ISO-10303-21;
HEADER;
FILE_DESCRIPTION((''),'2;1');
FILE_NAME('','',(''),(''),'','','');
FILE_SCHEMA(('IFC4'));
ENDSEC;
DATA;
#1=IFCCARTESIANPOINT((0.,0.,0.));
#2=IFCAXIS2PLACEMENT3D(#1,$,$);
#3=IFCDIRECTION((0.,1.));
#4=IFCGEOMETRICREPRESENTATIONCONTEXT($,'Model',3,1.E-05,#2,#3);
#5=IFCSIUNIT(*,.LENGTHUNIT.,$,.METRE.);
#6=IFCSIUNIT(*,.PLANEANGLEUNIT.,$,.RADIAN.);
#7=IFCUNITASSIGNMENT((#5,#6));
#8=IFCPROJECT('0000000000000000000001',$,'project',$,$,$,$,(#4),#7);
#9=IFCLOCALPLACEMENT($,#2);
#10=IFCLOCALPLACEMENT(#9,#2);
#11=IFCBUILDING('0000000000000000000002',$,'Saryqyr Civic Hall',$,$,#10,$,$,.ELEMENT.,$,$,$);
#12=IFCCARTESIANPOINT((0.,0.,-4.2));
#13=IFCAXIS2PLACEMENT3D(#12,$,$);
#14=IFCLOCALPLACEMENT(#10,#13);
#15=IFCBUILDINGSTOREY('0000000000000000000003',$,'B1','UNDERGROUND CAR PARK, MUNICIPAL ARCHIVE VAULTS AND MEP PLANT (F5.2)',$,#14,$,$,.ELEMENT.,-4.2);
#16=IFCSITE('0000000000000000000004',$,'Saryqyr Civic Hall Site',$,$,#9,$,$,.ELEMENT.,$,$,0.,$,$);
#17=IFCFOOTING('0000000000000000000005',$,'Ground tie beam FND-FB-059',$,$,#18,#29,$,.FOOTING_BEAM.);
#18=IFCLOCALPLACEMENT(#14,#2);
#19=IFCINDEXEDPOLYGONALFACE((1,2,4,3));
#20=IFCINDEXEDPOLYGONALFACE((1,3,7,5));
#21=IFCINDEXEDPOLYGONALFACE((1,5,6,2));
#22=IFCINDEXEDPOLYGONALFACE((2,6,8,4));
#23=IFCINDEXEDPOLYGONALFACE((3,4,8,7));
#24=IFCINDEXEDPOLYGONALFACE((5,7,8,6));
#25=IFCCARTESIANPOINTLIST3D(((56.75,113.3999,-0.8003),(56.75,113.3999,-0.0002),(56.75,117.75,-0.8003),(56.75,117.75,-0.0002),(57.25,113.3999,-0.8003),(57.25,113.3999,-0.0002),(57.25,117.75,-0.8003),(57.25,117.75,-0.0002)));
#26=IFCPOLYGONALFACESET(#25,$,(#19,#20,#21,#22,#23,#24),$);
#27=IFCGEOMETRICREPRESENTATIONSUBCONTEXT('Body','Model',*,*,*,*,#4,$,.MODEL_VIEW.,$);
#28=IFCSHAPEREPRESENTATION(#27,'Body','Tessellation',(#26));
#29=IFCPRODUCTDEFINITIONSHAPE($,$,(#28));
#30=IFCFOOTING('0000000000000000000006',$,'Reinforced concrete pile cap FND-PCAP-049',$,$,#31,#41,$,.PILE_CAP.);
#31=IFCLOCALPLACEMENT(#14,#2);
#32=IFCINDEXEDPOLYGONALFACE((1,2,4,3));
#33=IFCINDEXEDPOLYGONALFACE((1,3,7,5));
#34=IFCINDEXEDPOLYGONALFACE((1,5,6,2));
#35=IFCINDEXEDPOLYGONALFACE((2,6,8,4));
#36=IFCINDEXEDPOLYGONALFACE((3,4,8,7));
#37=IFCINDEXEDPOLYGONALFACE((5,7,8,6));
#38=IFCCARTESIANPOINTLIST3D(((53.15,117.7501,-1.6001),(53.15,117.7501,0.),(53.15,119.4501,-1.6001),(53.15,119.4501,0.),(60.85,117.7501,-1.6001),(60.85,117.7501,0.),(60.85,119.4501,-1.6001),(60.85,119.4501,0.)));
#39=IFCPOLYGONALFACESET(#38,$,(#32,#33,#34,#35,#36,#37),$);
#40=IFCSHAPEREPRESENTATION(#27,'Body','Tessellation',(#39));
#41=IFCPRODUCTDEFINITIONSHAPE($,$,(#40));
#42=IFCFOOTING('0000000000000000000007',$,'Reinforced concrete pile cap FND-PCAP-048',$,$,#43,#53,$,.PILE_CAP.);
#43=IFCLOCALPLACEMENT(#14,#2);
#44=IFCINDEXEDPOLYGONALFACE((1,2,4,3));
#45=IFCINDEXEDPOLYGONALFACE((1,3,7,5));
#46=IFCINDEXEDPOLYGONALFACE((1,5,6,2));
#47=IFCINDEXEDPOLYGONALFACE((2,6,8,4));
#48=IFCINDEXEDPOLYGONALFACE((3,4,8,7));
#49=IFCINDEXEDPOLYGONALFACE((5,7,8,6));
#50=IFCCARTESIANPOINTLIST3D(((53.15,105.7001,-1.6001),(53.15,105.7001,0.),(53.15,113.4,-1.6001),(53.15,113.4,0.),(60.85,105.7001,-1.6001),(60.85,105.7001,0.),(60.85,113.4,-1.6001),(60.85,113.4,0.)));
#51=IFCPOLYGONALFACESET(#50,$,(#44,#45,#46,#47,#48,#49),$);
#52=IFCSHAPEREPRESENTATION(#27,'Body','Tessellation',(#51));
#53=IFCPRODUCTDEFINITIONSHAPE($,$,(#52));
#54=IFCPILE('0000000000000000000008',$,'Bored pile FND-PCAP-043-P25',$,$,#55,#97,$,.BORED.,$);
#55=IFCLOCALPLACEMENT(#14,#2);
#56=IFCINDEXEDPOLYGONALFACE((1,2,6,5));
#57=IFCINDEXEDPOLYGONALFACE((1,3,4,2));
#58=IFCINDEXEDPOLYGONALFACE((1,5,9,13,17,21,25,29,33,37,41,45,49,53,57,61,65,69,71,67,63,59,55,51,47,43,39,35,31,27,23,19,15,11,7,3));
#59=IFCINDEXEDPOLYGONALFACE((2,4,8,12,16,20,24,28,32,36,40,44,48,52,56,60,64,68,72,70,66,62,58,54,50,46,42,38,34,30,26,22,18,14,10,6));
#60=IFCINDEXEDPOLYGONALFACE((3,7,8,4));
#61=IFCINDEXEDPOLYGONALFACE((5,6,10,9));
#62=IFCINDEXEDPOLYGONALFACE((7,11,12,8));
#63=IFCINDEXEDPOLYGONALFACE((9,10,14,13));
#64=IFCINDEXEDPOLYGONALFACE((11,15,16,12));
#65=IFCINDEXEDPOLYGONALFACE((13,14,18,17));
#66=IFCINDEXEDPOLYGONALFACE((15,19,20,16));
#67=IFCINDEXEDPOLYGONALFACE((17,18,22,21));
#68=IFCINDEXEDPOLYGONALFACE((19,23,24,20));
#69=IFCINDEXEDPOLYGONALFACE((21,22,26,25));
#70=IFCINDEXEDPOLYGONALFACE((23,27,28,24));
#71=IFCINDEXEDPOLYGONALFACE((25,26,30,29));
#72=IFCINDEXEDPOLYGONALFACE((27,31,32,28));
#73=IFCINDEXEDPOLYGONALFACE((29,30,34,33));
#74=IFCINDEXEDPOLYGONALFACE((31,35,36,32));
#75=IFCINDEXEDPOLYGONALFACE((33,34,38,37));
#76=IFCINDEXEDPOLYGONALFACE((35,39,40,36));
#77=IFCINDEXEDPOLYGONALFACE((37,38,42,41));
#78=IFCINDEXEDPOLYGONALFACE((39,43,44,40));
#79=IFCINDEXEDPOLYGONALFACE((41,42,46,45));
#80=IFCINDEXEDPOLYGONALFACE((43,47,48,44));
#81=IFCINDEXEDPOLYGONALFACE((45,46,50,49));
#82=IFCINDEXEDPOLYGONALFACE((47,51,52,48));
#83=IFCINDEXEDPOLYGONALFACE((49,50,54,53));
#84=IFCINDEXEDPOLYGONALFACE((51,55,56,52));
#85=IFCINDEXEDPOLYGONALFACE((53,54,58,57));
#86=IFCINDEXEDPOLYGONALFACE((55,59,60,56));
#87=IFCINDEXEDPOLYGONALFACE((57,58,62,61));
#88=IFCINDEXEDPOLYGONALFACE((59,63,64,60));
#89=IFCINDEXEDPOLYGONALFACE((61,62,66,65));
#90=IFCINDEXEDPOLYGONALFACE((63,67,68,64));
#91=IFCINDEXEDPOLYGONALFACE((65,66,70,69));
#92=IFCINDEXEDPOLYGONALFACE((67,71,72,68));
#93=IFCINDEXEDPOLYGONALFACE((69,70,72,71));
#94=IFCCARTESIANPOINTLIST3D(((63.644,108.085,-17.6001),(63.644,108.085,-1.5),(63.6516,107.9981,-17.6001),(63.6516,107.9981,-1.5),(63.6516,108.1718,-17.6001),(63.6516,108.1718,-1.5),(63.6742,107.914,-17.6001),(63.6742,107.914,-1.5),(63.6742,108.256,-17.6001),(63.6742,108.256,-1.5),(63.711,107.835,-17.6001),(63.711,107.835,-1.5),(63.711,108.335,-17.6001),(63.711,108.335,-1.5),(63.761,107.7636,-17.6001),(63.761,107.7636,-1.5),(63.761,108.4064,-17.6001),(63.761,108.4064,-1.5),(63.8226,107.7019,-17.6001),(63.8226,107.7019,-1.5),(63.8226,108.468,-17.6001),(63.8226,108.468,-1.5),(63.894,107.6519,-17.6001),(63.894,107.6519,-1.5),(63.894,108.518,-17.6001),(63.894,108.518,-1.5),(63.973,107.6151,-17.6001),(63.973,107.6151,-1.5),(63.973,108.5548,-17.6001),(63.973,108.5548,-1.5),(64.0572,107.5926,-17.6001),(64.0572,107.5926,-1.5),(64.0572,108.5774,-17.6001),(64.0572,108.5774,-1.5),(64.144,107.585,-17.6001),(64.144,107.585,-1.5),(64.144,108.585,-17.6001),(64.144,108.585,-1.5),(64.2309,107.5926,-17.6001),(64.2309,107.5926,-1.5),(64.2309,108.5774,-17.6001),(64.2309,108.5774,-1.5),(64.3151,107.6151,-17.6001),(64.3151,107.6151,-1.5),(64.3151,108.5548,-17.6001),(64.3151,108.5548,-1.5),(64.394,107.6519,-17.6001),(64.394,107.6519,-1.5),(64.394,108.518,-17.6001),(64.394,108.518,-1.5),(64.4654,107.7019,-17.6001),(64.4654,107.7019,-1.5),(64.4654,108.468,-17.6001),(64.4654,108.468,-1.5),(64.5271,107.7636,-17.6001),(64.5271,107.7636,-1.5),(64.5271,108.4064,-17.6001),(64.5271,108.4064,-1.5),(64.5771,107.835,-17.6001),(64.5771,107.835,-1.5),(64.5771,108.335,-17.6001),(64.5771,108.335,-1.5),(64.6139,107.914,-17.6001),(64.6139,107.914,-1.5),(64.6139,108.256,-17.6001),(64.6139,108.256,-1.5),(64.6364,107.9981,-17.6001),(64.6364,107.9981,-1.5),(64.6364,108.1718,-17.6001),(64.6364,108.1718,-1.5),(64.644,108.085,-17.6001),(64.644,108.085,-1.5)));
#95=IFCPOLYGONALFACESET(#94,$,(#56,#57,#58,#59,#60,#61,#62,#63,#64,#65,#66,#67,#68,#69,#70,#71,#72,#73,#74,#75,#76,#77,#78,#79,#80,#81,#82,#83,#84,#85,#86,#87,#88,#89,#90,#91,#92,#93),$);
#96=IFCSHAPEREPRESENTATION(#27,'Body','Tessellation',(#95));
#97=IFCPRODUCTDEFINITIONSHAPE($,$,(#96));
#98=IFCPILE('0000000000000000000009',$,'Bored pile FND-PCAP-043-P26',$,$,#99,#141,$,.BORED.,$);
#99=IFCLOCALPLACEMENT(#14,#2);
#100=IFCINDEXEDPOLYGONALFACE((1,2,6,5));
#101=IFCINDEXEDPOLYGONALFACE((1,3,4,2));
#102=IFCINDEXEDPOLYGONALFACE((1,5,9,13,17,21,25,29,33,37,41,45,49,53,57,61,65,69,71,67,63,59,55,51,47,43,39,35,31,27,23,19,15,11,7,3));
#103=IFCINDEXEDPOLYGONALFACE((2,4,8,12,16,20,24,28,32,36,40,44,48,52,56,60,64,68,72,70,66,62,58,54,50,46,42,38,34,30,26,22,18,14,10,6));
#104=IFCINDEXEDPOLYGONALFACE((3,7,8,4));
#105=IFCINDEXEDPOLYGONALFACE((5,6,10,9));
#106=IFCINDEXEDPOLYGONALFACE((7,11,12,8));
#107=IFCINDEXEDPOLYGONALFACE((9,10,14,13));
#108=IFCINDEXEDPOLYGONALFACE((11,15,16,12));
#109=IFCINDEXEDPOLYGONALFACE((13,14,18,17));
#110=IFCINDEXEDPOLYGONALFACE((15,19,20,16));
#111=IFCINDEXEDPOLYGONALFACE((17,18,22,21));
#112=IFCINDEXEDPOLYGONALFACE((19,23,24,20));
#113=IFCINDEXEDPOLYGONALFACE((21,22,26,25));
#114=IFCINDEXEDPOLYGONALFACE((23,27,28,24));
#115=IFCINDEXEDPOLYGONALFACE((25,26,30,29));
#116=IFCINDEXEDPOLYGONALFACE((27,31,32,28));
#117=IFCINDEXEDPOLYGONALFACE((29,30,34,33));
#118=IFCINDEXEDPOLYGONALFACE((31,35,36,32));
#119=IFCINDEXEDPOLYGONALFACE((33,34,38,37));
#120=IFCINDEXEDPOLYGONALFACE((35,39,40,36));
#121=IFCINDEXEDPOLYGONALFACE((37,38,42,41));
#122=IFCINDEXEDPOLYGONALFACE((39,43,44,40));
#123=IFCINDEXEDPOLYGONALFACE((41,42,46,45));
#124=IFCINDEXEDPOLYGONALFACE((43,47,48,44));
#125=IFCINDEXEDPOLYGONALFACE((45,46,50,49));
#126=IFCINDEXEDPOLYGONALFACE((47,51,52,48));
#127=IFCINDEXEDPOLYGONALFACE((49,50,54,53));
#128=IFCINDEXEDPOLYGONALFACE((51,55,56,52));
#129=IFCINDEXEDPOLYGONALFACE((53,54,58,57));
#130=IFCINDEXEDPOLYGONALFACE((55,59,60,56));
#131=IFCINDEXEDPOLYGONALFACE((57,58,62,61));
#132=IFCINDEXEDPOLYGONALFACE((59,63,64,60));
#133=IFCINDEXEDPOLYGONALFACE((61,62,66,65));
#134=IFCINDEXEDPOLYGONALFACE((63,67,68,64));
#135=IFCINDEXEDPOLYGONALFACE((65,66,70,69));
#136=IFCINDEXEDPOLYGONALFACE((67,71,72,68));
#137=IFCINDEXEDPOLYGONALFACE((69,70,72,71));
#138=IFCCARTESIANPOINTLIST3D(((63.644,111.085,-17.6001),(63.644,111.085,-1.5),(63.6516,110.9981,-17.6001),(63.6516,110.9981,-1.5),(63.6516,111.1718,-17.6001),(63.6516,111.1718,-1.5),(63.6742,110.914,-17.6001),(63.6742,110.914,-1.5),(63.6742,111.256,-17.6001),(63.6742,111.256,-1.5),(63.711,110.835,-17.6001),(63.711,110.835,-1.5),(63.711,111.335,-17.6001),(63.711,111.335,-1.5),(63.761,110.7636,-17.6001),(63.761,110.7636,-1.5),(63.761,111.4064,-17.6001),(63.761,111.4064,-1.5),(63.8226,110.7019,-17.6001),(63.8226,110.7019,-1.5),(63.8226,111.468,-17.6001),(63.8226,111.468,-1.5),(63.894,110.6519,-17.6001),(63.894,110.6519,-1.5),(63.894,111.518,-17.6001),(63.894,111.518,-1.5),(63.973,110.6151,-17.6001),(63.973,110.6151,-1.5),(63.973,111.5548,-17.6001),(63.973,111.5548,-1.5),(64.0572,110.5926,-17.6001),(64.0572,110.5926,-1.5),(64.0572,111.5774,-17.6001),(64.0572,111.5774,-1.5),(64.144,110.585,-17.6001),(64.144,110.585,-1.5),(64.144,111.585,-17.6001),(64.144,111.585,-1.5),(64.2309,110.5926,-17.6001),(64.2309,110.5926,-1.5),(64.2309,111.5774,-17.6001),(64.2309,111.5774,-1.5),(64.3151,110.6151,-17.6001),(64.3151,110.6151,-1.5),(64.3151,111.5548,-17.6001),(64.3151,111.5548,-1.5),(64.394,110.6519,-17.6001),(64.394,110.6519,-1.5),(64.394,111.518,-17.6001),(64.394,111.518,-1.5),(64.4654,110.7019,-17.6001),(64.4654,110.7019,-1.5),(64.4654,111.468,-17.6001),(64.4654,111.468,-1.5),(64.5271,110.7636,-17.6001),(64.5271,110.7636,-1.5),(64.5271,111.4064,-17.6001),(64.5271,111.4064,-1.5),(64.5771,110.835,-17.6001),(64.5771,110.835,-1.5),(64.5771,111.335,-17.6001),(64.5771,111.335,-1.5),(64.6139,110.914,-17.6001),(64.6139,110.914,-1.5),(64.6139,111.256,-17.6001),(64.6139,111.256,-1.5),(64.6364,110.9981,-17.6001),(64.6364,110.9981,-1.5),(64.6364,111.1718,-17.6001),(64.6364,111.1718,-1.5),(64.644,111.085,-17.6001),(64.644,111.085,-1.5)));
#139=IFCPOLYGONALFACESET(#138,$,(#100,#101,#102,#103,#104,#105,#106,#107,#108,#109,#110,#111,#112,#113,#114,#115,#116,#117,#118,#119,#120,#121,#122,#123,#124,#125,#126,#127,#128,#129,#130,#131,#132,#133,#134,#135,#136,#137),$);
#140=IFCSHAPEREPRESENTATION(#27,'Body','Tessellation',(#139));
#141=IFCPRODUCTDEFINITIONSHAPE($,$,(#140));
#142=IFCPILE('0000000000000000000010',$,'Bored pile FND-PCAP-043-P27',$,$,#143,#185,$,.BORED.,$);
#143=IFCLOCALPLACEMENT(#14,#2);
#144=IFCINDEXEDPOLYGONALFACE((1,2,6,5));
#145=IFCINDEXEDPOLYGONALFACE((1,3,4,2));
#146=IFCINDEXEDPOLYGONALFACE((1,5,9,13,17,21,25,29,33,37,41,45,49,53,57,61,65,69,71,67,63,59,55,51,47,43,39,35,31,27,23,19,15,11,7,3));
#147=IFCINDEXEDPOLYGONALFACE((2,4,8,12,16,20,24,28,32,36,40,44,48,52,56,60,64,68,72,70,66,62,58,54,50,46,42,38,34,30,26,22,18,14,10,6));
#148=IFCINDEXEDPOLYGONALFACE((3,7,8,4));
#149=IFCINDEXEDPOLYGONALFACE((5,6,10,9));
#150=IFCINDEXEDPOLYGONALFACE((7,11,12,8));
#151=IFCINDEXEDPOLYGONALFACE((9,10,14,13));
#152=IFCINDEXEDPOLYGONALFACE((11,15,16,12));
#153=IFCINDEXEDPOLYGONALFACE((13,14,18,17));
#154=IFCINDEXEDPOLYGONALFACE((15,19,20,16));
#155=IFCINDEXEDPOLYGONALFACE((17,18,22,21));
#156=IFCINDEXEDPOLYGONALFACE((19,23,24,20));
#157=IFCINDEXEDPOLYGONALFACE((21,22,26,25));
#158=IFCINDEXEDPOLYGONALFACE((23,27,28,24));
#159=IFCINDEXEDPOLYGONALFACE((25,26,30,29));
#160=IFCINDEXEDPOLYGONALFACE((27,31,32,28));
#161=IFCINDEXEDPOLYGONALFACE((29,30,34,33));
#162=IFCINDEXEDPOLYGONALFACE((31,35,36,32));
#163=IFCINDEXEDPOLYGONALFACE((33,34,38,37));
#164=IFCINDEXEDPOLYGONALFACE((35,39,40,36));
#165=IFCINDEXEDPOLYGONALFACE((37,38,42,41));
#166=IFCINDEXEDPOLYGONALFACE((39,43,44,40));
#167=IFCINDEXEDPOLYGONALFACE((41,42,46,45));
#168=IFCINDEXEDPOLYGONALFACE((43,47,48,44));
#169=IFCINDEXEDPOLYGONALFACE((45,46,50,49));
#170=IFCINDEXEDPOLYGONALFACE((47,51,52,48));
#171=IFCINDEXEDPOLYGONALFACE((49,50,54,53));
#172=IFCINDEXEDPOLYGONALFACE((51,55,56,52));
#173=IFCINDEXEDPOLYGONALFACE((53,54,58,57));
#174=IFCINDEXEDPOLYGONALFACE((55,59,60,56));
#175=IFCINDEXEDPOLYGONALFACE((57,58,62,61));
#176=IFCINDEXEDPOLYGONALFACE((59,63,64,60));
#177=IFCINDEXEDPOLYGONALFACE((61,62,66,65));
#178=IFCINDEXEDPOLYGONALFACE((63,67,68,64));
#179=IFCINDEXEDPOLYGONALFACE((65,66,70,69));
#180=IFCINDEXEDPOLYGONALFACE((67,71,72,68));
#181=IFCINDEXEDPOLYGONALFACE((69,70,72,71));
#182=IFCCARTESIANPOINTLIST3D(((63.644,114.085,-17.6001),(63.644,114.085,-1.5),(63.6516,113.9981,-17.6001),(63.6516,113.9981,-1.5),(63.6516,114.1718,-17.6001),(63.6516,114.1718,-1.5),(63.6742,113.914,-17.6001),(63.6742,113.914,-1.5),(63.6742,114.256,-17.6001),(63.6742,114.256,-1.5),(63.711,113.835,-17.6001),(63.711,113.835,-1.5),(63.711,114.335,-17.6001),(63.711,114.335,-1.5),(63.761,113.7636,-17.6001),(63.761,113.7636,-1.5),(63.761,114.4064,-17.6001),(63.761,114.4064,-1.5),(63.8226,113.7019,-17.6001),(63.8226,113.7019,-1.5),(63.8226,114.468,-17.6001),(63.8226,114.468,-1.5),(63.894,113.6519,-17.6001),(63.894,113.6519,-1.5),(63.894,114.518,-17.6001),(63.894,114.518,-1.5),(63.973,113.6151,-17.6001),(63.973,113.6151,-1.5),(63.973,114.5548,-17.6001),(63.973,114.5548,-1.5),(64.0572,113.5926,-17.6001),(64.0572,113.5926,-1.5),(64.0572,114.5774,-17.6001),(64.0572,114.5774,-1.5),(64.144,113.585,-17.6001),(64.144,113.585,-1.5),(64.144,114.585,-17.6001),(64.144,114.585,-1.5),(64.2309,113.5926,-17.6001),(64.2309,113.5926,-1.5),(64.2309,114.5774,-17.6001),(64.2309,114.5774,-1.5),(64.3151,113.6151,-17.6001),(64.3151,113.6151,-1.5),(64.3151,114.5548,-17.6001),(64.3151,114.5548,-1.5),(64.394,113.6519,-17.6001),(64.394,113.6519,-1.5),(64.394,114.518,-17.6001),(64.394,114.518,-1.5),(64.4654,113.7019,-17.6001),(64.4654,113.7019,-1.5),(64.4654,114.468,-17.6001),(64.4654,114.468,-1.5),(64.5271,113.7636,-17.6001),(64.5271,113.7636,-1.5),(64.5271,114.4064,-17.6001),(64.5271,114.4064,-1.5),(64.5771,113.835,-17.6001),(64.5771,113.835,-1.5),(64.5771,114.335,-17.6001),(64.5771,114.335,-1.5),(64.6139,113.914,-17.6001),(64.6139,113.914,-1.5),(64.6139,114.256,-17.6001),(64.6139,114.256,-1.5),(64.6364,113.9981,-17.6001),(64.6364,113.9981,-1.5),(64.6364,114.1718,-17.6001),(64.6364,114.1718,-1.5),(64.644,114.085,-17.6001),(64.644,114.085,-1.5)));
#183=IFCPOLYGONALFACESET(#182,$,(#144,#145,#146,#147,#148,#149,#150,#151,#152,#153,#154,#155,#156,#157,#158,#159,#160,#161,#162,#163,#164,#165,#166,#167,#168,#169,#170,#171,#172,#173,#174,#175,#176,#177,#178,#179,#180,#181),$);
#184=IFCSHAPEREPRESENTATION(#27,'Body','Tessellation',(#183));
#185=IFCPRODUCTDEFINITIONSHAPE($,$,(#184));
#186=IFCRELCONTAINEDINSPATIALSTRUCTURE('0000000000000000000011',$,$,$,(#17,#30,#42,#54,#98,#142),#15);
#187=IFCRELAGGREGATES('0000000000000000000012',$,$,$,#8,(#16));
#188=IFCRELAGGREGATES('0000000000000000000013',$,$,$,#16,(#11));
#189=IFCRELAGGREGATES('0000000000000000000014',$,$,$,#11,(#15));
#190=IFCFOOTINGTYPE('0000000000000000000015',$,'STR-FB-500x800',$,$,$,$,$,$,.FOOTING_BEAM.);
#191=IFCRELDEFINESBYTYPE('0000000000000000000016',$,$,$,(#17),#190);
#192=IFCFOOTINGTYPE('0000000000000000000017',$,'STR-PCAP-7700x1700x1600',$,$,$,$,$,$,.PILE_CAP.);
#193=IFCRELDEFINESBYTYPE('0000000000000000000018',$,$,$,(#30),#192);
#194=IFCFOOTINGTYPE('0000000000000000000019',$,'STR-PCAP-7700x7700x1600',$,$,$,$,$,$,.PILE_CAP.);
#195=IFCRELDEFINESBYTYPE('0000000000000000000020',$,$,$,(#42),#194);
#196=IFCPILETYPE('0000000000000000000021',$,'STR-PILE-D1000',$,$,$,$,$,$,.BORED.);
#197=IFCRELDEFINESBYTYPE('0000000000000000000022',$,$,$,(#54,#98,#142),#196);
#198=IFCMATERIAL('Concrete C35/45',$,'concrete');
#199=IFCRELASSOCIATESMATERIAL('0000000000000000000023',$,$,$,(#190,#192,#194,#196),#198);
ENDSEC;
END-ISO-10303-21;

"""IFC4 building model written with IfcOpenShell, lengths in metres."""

from ifc_helpers import new_model, si_unit, direction, frame, origin, origin_2d, place, context, subcontext, project, spatial, rectangle, circle, extrude, material, material_profile, profile_set, type_object, element, save


model = new_model("IFC4")

# Units and contexts
model_context = context("Model", 3, precision=1e-05, world=origin(), true_north=direction((0.0, 1.0)))
body_context = subcontext(model_context, "Body", "Model", "MODEL_VIEW")
ifc_project = project(units=[si_unit("LENGTHUNIT", "METRE"), si_unit("PLANEANGLEUNIT", "RADIAN")], contexts=[model_context])

# Site, building, storey
site_placement = place(None, origin())
site = spatial("IfcSite", under=ifc_project, at=site_placement, Name="Saryqyr Civic Hall Site", CompositionType="ELEMENT", RefElevation=0.0)
building_placement = place(site_placement, origin())
building = spatial("IfcBuilding", under=site, at=building_placement, Name="Saryqyr Civic Hall", CompositionType="ELEMENT")
storey_placement = place(building_placement, frame((0.0, 0.0, -4.2)))
storey = spatial("IfcBuildingStorey", under=building, at=storey_placement, Name="B1", Description="UNDERGROUND CAR PARK, MUNICIPAL ARCHIVE VAULTS AND MEP PLANT (F5.2)", CompositionType="ELEMENT", Elevation=-4.2)

# Footings
ifc_material_1 = material(Name="Concrete C35/45", Category="concrete")
footing_type_1 = type_object("IfcFootingType", Name="STR-FB-500x800", PredefinedType="FOOTING_BEAM", material=ifc_material_1)
footing_1_placement = place(storey_placement, frame((57.0, 115.575, -0.8003), z_axis=(0.0, 0.0, 1.0), x_axis=(1.0, 0.0, 0.0)))
element("IfcFooting", 1, at=footing_1_placement, inside=storey, type_object=footing_type_1, Name="Ground tie beam FND-FB-059", PredefinedType="FOOTING_BEAM", context=body_context, shape_type="SweptSolid", body=[
    extrude(rectangle(XDim=0.5, YDim=4.3501, at=origin_2d()), origin(), (0.0, 0.0, 1.0), 0.8),
])
footing_type_2 = type_object("IfcFootingType", Name="STR-PCAP-7700x1700x1600", PredefinedType="PILE_CAP", material=ifc_material_1)
footing_2_placement = place(storey_placement, frame((57.0, 118.6001, -1.6001), z_axis=(0.0, 0.0, 1.0), x_axis=(1.0, 0.0, 0.0)))
element("IfcFooting", 2, at=footing_2_placement, inside=storey, type_object=footing_type_2, Name="Reinforced concrete pile cap FND-PCAP-049", PredefinedType="PILE_CAP", context=body_context, shape_type="SweptSolid", body=[
    extrude(rectangle(XDim=7.7, YDim=1.7, at=origin_2d()), origin(), (0.0, 0.0, 1.0), 1.6001),
])
footing_type_3 = type_object("IfcFootingType", Name="STR-PCAP-7700x7700x1600", PredefinedType="PILE_CAP", material=ifc_material_1)
footing_3_placement = place(storey_placement, frame((57.0, 109.55, -1.6001), z_axis=(0.0, 0.0, 1.0), x_axis=(1.0, 0.0, 0.0)))
element("IfcFooting", 3, at=footing_3_placement, inside=storey, type_object=footing_type_3, Name="Reinforced concrete pile cap FND-PCAP-048", PredefinedType="PILE_CAP", context=body_context, shape_type="SweptSolid", body=[
    extrude(rectangle(XDim=7.7, YDim=7.7, at=origin_2d()), origin(), (0.0, 0.0, 1.0), 1.6001),
])

# Piles
ifc_material_profile_1 = material_profile(ifc_material_1, circle(Radius=0.5, at=origin_2d()), Name="BORED PILE D1000")
ifc_profile_set_1 = profile_set([ifc_material_profile_1], Name="Concrete C35/45")
pile_type = type_object("IfcPileType", Name="STR-PILE-D1000", PredefinedType="BORED", material=ifc_profile_set_1)
for number, where, z_axis, x_axis, name in (
    (4, (64.144, 108.085, -1.5), (0.0, 0.0, -1.0), (1.0, 0.0, 0.0), "Bored pile FND-PCAP-043-P25"),
    (5, (64.144, 111.085, -1.5), (0.0, 0.0, -1.0), (1.0, 0.0, 0.0), "Bored pile FND-PCAP-043-P26"),
    (6, (64.144, 114.085, -1.5), (0.0, 0.0, -1.0), (1.0, 0.0, 0.0), "Bored pile FND-PCAP-043-P27"),
):
    element("IfcPile", number, at=place(storey_placement, frame(where, z_axis=z_axis, x_axis=x_axis)), inside=storey, type_object=pile_type, Name=name, PredefinedType="BORED", context=body_context, shape_type="SweptSolid", body=[
        extrude(circle(Radius=0.5, at=origin_2d()), origin(), (0.0, 0.0, 1.0), 16.1001),
    ])

save(model, "model.ifc")
